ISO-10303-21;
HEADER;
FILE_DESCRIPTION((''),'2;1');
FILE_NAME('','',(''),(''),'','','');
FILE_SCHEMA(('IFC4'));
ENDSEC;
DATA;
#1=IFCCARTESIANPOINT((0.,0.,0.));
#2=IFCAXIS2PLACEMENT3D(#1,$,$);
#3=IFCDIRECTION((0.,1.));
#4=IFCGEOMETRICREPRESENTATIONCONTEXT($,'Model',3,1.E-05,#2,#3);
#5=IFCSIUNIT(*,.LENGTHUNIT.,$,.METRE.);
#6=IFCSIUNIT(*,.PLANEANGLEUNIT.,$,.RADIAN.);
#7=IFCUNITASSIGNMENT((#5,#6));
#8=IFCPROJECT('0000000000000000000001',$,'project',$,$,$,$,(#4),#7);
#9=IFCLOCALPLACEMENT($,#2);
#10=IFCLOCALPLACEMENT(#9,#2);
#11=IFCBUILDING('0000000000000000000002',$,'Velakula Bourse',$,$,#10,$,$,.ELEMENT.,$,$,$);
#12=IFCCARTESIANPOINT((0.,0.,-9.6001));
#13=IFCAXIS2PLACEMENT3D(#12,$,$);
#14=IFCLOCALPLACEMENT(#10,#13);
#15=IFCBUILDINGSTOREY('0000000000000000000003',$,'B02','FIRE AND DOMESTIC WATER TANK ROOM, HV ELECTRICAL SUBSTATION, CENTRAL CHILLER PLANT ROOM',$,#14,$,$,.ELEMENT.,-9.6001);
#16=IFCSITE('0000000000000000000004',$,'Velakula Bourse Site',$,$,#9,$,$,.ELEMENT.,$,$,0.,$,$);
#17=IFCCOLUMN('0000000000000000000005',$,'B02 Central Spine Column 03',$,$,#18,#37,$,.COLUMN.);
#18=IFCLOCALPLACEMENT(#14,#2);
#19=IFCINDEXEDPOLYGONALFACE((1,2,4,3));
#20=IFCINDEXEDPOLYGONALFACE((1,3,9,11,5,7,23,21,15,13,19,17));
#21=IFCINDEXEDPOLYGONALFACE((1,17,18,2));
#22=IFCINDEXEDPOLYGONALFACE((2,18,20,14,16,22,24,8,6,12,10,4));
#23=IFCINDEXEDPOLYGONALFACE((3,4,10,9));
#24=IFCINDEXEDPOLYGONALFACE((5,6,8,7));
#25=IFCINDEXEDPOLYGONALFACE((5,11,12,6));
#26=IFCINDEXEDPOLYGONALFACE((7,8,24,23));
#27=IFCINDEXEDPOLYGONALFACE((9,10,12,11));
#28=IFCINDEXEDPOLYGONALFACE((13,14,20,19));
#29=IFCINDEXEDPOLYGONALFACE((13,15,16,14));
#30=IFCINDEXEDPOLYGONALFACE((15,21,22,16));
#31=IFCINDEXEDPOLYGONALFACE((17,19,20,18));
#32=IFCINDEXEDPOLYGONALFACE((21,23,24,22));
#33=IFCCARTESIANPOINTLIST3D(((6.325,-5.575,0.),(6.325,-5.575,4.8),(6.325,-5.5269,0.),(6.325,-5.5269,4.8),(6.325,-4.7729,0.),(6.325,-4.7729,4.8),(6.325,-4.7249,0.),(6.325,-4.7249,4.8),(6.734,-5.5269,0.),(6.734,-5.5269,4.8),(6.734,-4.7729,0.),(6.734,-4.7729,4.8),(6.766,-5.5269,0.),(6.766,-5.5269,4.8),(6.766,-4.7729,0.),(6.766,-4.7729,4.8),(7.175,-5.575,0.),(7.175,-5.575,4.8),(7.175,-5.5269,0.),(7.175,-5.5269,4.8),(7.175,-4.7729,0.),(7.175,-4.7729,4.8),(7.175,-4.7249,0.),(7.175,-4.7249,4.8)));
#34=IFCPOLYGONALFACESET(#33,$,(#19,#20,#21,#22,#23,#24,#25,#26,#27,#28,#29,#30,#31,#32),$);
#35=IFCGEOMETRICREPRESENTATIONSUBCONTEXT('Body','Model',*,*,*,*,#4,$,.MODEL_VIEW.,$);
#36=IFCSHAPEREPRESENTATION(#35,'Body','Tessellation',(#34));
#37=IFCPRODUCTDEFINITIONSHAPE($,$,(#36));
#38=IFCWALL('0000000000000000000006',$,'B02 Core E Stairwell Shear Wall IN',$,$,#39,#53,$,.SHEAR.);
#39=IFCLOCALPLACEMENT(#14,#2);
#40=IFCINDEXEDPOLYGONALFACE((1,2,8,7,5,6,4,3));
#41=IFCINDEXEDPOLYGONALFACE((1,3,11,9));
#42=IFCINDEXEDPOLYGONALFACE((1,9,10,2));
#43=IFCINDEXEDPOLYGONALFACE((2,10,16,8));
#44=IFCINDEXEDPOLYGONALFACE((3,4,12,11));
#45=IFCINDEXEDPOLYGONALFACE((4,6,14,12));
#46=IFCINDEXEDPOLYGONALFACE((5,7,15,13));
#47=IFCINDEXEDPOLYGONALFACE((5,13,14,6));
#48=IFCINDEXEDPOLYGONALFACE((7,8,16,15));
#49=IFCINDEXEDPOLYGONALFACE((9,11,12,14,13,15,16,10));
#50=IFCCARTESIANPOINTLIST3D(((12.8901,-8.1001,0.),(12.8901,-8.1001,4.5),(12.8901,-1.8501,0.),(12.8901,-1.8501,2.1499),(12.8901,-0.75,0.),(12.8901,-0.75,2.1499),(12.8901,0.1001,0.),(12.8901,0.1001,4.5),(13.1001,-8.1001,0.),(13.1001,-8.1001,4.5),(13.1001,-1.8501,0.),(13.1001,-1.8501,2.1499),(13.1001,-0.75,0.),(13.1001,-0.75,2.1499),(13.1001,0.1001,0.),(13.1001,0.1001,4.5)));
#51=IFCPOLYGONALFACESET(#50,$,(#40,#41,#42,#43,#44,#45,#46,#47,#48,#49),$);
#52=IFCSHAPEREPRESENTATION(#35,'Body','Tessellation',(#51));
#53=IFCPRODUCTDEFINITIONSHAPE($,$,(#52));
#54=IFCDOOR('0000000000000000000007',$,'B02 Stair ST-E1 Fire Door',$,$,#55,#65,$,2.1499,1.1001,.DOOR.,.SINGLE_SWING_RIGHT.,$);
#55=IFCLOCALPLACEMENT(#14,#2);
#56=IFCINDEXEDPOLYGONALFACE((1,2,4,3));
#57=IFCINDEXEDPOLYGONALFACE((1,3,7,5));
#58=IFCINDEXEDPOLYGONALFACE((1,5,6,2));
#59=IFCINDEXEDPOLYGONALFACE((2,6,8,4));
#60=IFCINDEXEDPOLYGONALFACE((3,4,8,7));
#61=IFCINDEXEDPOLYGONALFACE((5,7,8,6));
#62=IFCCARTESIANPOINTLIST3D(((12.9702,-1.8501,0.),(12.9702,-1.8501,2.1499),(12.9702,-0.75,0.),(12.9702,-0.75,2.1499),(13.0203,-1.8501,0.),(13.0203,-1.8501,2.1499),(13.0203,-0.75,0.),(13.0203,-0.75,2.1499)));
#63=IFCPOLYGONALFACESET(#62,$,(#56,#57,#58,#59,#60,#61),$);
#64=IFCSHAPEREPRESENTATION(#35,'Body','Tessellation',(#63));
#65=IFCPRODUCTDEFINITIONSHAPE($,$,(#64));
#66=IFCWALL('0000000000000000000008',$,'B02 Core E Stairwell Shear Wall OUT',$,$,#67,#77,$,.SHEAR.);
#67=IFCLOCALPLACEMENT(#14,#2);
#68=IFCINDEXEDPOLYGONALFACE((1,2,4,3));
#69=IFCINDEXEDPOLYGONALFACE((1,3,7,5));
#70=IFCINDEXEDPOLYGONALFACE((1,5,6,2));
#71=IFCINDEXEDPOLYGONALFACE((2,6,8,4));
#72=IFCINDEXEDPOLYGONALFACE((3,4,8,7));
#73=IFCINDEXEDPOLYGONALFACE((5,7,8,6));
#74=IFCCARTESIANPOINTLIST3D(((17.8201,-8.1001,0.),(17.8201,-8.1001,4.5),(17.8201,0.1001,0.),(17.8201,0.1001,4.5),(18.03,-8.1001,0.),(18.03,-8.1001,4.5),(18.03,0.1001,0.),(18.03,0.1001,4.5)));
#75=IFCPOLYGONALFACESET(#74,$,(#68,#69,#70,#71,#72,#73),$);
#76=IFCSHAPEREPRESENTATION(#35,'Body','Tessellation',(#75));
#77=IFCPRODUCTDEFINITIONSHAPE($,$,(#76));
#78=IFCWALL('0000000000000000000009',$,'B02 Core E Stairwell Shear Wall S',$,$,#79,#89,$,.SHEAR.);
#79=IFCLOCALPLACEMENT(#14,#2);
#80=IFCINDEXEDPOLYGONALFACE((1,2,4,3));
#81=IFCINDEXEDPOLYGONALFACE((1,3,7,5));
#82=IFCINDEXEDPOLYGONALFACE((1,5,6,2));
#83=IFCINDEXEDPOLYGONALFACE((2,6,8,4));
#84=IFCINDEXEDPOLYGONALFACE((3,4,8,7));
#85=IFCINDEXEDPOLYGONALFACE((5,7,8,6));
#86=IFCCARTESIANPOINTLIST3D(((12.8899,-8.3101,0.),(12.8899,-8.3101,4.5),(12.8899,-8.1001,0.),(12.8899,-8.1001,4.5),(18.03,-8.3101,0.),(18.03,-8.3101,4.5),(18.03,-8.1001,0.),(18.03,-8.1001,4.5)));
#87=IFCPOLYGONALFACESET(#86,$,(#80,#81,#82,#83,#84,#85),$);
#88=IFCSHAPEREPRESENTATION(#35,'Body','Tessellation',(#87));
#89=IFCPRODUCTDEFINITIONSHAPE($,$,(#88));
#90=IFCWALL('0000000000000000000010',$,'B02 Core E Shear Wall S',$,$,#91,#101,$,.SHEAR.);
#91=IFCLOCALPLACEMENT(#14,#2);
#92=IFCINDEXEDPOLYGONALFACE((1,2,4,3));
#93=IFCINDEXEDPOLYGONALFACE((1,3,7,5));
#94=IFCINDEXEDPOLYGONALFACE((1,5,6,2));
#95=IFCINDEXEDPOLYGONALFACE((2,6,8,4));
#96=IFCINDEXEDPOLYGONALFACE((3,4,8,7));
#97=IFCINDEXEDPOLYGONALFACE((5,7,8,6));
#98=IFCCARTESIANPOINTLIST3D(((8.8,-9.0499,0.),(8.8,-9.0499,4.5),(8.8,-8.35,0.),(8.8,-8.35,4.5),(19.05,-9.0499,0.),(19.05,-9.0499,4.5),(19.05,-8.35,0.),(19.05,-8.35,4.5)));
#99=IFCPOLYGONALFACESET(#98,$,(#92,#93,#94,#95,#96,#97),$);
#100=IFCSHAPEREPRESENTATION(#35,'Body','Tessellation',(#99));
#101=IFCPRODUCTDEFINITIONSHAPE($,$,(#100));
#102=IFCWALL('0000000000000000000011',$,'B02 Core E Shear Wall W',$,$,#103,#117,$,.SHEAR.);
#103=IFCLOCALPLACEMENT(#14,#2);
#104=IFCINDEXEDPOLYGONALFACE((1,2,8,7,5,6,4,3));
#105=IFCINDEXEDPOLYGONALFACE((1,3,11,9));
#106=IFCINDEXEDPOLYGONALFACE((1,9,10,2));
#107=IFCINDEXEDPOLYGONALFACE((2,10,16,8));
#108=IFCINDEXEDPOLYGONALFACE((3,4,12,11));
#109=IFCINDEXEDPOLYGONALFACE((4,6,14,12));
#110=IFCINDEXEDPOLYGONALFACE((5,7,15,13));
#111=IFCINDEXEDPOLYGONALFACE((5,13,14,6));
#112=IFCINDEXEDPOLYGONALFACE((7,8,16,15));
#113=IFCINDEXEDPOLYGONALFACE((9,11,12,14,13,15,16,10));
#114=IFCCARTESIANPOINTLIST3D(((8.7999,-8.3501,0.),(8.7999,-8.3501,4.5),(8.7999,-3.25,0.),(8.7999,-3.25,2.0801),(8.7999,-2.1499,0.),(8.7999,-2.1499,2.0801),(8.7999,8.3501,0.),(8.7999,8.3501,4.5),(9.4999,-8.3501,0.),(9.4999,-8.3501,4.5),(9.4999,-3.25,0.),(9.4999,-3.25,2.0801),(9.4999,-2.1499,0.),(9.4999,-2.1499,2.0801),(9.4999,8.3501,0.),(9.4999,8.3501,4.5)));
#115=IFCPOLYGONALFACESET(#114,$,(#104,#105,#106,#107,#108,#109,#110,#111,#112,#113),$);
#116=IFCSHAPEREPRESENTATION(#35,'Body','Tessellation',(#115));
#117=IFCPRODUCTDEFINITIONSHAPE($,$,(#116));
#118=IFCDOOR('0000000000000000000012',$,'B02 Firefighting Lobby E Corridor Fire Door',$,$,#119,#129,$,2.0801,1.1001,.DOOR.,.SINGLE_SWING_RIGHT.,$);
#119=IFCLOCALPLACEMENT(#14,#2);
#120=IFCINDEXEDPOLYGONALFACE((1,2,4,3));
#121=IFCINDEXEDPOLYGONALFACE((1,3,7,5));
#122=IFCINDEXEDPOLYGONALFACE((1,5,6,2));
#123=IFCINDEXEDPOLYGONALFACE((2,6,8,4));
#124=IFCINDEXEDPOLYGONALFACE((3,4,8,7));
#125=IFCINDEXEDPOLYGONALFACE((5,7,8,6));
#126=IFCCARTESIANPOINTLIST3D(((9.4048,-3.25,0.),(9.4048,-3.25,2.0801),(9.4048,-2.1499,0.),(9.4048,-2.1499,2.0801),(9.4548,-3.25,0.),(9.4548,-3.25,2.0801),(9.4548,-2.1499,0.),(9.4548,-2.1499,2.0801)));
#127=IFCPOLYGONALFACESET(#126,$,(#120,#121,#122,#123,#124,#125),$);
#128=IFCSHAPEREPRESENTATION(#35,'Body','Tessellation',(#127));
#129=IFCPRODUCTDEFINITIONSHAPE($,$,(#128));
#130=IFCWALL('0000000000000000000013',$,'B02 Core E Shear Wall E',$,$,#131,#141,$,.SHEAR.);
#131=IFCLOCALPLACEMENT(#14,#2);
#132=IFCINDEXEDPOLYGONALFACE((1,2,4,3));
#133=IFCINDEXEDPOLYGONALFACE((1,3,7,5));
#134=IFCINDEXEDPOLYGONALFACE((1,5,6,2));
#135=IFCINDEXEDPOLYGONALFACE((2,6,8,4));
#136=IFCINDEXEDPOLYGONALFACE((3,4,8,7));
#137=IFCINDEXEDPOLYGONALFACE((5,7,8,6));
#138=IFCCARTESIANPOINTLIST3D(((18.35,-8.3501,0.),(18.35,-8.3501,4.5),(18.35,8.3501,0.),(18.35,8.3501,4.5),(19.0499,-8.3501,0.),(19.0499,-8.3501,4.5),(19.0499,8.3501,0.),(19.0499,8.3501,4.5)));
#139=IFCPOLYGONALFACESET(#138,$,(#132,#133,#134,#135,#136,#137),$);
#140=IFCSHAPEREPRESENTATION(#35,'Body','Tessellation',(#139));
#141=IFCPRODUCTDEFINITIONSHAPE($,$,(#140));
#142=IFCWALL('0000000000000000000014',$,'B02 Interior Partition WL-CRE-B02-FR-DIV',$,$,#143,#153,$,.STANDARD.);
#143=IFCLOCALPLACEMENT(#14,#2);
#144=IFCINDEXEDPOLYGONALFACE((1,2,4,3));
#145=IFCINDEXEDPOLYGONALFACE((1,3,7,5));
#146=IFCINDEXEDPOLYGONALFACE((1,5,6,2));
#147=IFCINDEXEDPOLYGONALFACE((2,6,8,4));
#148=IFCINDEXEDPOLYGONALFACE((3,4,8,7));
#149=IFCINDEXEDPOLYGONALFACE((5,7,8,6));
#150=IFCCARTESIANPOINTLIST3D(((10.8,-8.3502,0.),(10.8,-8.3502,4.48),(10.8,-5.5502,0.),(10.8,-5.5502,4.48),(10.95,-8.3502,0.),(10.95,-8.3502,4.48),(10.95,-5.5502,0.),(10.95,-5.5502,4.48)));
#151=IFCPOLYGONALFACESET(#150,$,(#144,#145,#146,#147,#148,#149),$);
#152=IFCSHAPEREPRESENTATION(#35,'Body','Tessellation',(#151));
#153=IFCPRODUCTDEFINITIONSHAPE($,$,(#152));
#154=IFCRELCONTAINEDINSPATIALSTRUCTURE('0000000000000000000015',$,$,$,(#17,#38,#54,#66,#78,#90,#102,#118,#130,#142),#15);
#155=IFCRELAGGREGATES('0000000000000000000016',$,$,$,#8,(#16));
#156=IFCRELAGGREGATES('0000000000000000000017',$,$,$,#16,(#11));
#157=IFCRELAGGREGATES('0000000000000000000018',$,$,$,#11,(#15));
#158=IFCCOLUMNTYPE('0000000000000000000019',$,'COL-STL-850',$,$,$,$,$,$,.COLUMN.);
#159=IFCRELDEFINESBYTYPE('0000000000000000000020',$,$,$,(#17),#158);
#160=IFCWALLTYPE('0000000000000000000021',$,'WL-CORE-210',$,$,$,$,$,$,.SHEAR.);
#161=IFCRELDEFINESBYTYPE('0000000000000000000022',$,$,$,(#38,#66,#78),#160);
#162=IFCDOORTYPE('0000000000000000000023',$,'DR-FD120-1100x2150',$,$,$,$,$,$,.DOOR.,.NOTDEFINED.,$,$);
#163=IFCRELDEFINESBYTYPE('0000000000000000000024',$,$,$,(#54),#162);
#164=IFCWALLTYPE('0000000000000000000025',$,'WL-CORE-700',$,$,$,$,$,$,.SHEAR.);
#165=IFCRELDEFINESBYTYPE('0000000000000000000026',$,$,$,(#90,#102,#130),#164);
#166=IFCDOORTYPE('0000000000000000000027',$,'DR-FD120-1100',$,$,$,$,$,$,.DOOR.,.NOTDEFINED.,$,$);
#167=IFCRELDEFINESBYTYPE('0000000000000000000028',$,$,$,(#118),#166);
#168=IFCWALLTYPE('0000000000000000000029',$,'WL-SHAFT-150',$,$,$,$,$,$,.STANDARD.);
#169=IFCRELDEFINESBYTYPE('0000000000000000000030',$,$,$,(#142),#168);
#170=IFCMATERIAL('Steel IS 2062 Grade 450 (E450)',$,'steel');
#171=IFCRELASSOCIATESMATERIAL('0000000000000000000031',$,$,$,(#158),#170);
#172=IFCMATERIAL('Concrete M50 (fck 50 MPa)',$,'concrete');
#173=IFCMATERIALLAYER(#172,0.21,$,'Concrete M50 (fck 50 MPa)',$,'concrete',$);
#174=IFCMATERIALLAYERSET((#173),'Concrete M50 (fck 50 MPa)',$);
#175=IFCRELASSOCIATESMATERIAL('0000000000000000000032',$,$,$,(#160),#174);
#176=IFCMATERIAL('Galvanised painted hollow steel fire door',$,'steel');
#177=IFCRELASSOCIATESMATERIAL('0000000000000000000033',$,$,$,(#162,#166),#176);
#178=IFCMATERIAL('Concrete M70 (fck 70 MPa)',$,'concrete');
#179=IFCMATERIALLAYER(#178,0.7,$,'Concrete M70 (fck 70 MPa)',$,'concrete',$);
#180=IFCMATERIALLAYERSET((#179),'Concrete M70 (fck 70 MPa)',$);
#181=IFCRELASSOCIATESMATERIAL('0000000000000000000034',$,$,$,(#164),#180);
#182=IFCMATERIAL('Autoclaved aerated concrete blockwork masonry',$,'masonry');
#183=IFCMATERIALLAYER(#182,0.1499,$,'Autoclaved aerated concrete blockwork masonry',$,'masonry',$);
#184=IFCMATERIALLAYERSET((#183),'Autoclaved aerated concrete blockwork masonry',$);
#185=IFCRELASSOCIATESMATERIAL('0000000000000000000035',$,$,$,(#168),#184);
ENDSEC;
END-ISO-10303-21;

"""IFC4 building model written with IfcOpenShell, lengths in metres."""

from ifc_helpers import new_model, si_unit, direction, frame, frame_2d, origin, origin_2d, place, context, subcontext, project, spatial, rectangle, i_section, extrude, material, layer, layer_set, material_profile, profile_set, type_object, element, fill, save


model = new_model("IFC4")

# Units and contexts
model_context = context("Model", 3, precision=1e-05, world=origin(), true_north=direction((0.0, 1.0)))
body_context = subcontext(model_context, "Body", "Model", "MODEL_VIEW")
ifc_project = project(units=[si_unit("LENGTHUNIT", "METRE"), si_unit("PLANEANGLEUNIT", "RADIAN")], contexts=[model_context])

# Site, building, storey
site_placement = place(None, origin())
site = spatial("IfcSite", under=ifc_project, at=site_placement, Name="Velakula Bourse Site", CompositionType="ELEMENT", RefElevation=0.0)
building_placement = place(site_placement, origin())
building = spatial("IfcBuilding", under=site, at=building_placement, Name="Velakula Bourse", CompositionType="ELEMENT")
storey_placement = place(building_placement, frame((0.0, 0.0, -9.6001)))
storey = spatial("IfcBuildingStorey", under=building, at=storey_placement, Name="B02", Description="FIRE AND DOMESTIC WATER TANK ROOM, HV ELECTRICAL SUBSTATION, CENTRAL CHILLER PLANT ROOM", CompositionType="ELEMENT", Elevation=-9.6001)

# Shared definitions
ifc_material_1 = material(Name="Concrete M50 (fck 50 MPa)", Category="concrete")

# Column
ifc_material_2 = material(Name="Concrete M70 (fck 70 MPa)", Category="concrete")
ifc_material_3 = material(Name="Steel IS 2062 Grade 450 (E450)", Category="steel")
ifc_material_profile_1 = material_profile(ifc_material_3, i_section(OverallWidth=0.8501, OverallDepth=0.8501, WebThickness=0.032, FlangeThickness=0.0481, at=origin_2d()), Name="Steel IS 2062 Grade 450 (E450)")
ifc_profile_set_1 = profile_set([ifc_material_profile_1], Name="Steel IS 2062 Grade 450 (E450)")
column_type_1 = type_object("IfcColumnType", Name="COL-STL-850", PredefinedType="COLUMN", material=ifc_profile_set_1)
column_placement = place(storey_placement, frame((6.75, -5.1499, 0.0), z_axis=(0.0, 0.0, 1.0), x_axis=(1.0, 0.0, 0.0)))
element("IfcColumn", 1, at=column_placement, inside=storey, type_object=column_type_1, Name="B02 Central Spine Column 03", PredefinedType="COLUMN", context=body_context, shape_type="SweptSolid", body=[
    extrude(i_section(OverallWidth=0.8501, OverallDepth=0.8501, WebThickness=0.032, FlangeThickness=0.0481, at=origin_2d()), origin(), (0.0, 0.0, 1.0), 4.8),
])

# Wall, opening, door
ifc_layer_1 = layer(ifc_material_1, 0.21, Name="Concrete M50 (fck 50 MPa)", Category="concrete")
ifc_layer_set_1 = layer_set([ifc_layer_1], Name="Concrete M50 (fck 50 MPa)")
wall_type_1 = type_object("IfcWallType", Name="WL-CORE-210", PredefinedType="SHEAR", material=ifc_layer_set_1)
wall_1_placement = place(storey_placement, frame((12.9951, -8.1001, 0.0), z_axis=(0.0, 0.0, 1.0), x_axis=(0.0, 1.0, 0.0)))
wall_1 = element("IfcWall", 2, at=wall_1_placement, inside=storey, type_object=wall_type_1, Name="B02 Core E Stairwell Shear Wall IN", PredefinedType="SHEAR", context=body_context, shape_type="SweptSolid", body=[
    extrude(rectangle(XDim=8.2002, YDim=0.21, at=frame_2d((4.1001, 0.0))), origin(), (0.0, 0.0, 1.0), 4.5),
])
opening_1_placement = place(wall_1_placement, frame((6.25, 0.0, 0.0)))
opening_1 = element("IfcOpeningElement", 3, at=opening_1_placement, cuts=wall_1, PredefinedType="OPENING", context=body_context, shape_type="SweptSolid", body=[
    extrude(rectangle(XDim=1.1001, YDim=2.1499, at=frame_2d((0.55, 1.075))), frame((0.0, 0.115, 0.0), z_axis=(0.0, -1.0, 0.0), x_axis=(1.0, 0.0, 0.0)), (0.0, 0.0, 1.0), 0.23),
])
ifc_material_4 = material(Name="Galvanised painted hollow steel fire door", Category="steel")
door_type_1 = type_object("IfcDoorType", Name="DR-FD120-1100x2150", OperationType="NOTDEFINED", PredefinedType="DOOR", material=ifc_material_4)
door_1_placement = place(opening_1_placement, origin())
door_1 = element("IfcDoor", 4, at=door_1_placement, inside=storey, type_object=door_type_1, Name="B02 Stair ST-E1 Fire Door", OperationType="SINGLE_SWING_RIGHT", OverallHeight=2.1499, OverallWidth=1.1001, PredefinedType="DOOR", context=body_context, shape_type="SweptSolid", body=[
    extrude(rectangle(XDim=1.1001, YDim=2.1499, at=frame_2d((0.55, 1.075))), frame((0.0, 0.0249, 0.0), z_axis=(0.0, -1.0, 0.0), x_axis=(1.0, 0.0, 0.0)), (0.0, 0.0, 1.0), 0.05),
])
fill(opening_1, door_1)

# Walls
wall_2_placement = place(storey_placement, frame((17.925, -8.1001, 0.0), z_axis=(0.0, 0.0, 1.0), x_axis=(0.0, 1.0, 0.0)))
element("IfcWall", 5, at=wall_2_placement, inside=storey, type_object=wall_type_1, Name="B02 Core E Stairwell Shear Wall OUT", PredefinedType="SHEAR", context=body_context, shape_type="SweptSolid", body=[
    extrude(rectangle(XDim=8.2002, YDim=0.21, at=frame_2d((4.1001, 0.0))), origin(), (0.0, 0.0, 1.0), 4.5),
])
wall_3_placement = place(storey_placement, frame((12.8899, -8.2051, 0.0), z_axis=(0.0, 0.0, 1.0), x_axis=(1.0, 0.0, 0.0)))
element("IfcWall", 6, at=wall_3_placement, inside=storey, type_object=wall_type_1, Name="B02 Core E Stairwell Shear Wall S", PredefinedType="SHEAR", context=body_context, shape_type="SweptSolid", body=[
    extrude(rectangle(XDim=5.1401, YDim=0.21, at=frame_2d((2.5701, 0.0))), origin(), (0.0, 0.0, 1.0), 4.5),
])
ifc_layer_2 = layer(ifc_material_2, 0.7, Name="Concrete M70 (fck 70 MPa)", Category="concrete")
ifc_layer_set_2 = layer_set([ifc_layer_2], Name="Concrete M70 (fck 70 MPa)")
wall_type_2 = type_object("IfcWallType", Name="WL-CORE-700", PredefinedType="SHEAR", material=ifc_layer_set_2)
wall_4_placement = place(storey_placement, frame((8.8, -8.7, 0.0), z_axis=(0.0, 0.0, 1.0), x_axis=(1.0, 0.0, 0.0)))
element("IfcWall", 7, at=wall_4_placement, inside=storey, type_object=wall_type_2, Name="B02 Core E Shear Wall S", PredefinedType="SHEAR", context=body_context, shape_type="SweptSolid", body=[
    extrude(rectangle(XDim=10.25, YDim=0.7, at=frame_2d((5.125, 0.0))), origin(), (0.0, 0.0, 1.0), 4.5),
])

# Wall, opening, door
wall_5_placement = place(storey_placement, frame((9.1499, -8.3501, 0.0), z_axis=(0.0, 0.0, 1.0), x_axis=(0.0, 1.0, 0.0)))
wall_5 = element("IfcWall", 8, at=wall_5_placement, inside=storey, type_object=wall_type_2, Name="B02 Core E Shear Wall W", PredefinedType="SHEAR", context=body_context, shape_type="SweptSolid", body=[
    extrude(rectangle(XDim=16.7002, YDim=0.7, at=frame_2d((8.3501, 0.0))), origin(), (0.0, 0.0, 1.0), 4.5),
])
opening_2_placement = place(wall_5_placement, frame((5.1001, 0.0, 0.0)))
opening_2 = element("IfcOpeningElement", 9, at=opening_2_placement, cuts=wall_5, PredefinedType="OPENING", context=body_context, shape_type="SweptSolid", body=[
    extrude(rectangle(XDim=1.1001, YDim=2.0801, at=frame_2d((0.55, 1.04))), frame((0.0, 0.3599, 0.0), z_axis=(0.0, -1.0, 0.0), x_axis=(1.0, 0.0, 0.0)), (0.0, 0.0, 1.0), 0.72),
])
door_type_2 = type_object("IfcDoorType", Name="DR-FD120-1100", OperationType="NOTDEFINED", PredefinedType="DOOR", material=ifc_material_4)
door_2_placement = place(opening_2_placement, origin())
door_2 = element("IfcDoor", 10, at=door_2_placement, inside=storey, type_object=door_type_2, Name="B02 Firefighting Lobby E Corridor Fire Door", OperationType="SINGLE_SWING_RIGHT", OverallHeight=2.0801, OverallWidth=1.1001, PredefinedType="DOOR", context=body_context, shape_type="SweptSolid", body=[
    extrude(rectangle(XDim=1.1001, YDim=2.0801, at=frame_2d((0.55, 1.04))), frame((0.0, -0.2549, 0.0), z_axis=(0.0, -1.0, 0.0), x_axis=(1.0, 0.0, 0.0)), (0.0, 0.0, 1.0), 0.05),
])
fill(opening_2, door_2)

# Wall
wall_6_placement = place(storey_placement, frame((18.7, -8.3501, 0.0), z_axis=(0.0, 0.0, 1.0), x_axis=(0.0, 1.0, 0.0)))
element("IfcWall", 11, at=wall_6_placement, inside=storey, type_object=wall_type_2, Name="B02 Core E Shear Wall E", PredefinedType="SHEAR", context=body_context, shape_type="SweptSolid", body=[
    extrude(rectangle(XDim=16.7002, YDim=0.7, at=frame_2d((8.3501, 0.0))), origin(), (0.0, 0.0, 1.0), 4.5),
])

# Shared definitions
ifc_material_5 = material(Name="Autoclaved aerated concrete blockwork masonry", Category="masonry")
ifc_layer_3 = layer(ifc_material_5, 0.1499, Name="Autoclaved aerated concrete blockwork masonry", Category="masonry")
ifc_layer_set_3 = layer_set([ifc_layer_3], Name="Autoclaved aerated concrete blockwork masonry")
wall_type_3 = type_object("IfcWallType", Name="WL-SHAFT-150", PredefinedType="STANDARD", material=ifc_layer_set_3)

# Wall
wall_7_placement = place(storey_placement, frame((10.875, -8.3501, 0.0), z_axis=(0.0, 0.0, 1.0), x_axis=(0.0, 1.0, 0.0)))
element("IfcWall", 12, at=wall_7_placement, inside=storey, type_object=wall_type_3, Name="B02 Interior Partition WL-CRE-B02-FR-DIV", PredefinedType="STANDARD", context=body_context, shape_type="SweptSolid", body=[
    extrude(rectangle(XDim=2.8, YDim=0.1499, at=frame_2d((1.3999, 0.0))), origin(), (0.0, 0.0, 1.0), 4.48),
])

save(model, "model.ifc")
